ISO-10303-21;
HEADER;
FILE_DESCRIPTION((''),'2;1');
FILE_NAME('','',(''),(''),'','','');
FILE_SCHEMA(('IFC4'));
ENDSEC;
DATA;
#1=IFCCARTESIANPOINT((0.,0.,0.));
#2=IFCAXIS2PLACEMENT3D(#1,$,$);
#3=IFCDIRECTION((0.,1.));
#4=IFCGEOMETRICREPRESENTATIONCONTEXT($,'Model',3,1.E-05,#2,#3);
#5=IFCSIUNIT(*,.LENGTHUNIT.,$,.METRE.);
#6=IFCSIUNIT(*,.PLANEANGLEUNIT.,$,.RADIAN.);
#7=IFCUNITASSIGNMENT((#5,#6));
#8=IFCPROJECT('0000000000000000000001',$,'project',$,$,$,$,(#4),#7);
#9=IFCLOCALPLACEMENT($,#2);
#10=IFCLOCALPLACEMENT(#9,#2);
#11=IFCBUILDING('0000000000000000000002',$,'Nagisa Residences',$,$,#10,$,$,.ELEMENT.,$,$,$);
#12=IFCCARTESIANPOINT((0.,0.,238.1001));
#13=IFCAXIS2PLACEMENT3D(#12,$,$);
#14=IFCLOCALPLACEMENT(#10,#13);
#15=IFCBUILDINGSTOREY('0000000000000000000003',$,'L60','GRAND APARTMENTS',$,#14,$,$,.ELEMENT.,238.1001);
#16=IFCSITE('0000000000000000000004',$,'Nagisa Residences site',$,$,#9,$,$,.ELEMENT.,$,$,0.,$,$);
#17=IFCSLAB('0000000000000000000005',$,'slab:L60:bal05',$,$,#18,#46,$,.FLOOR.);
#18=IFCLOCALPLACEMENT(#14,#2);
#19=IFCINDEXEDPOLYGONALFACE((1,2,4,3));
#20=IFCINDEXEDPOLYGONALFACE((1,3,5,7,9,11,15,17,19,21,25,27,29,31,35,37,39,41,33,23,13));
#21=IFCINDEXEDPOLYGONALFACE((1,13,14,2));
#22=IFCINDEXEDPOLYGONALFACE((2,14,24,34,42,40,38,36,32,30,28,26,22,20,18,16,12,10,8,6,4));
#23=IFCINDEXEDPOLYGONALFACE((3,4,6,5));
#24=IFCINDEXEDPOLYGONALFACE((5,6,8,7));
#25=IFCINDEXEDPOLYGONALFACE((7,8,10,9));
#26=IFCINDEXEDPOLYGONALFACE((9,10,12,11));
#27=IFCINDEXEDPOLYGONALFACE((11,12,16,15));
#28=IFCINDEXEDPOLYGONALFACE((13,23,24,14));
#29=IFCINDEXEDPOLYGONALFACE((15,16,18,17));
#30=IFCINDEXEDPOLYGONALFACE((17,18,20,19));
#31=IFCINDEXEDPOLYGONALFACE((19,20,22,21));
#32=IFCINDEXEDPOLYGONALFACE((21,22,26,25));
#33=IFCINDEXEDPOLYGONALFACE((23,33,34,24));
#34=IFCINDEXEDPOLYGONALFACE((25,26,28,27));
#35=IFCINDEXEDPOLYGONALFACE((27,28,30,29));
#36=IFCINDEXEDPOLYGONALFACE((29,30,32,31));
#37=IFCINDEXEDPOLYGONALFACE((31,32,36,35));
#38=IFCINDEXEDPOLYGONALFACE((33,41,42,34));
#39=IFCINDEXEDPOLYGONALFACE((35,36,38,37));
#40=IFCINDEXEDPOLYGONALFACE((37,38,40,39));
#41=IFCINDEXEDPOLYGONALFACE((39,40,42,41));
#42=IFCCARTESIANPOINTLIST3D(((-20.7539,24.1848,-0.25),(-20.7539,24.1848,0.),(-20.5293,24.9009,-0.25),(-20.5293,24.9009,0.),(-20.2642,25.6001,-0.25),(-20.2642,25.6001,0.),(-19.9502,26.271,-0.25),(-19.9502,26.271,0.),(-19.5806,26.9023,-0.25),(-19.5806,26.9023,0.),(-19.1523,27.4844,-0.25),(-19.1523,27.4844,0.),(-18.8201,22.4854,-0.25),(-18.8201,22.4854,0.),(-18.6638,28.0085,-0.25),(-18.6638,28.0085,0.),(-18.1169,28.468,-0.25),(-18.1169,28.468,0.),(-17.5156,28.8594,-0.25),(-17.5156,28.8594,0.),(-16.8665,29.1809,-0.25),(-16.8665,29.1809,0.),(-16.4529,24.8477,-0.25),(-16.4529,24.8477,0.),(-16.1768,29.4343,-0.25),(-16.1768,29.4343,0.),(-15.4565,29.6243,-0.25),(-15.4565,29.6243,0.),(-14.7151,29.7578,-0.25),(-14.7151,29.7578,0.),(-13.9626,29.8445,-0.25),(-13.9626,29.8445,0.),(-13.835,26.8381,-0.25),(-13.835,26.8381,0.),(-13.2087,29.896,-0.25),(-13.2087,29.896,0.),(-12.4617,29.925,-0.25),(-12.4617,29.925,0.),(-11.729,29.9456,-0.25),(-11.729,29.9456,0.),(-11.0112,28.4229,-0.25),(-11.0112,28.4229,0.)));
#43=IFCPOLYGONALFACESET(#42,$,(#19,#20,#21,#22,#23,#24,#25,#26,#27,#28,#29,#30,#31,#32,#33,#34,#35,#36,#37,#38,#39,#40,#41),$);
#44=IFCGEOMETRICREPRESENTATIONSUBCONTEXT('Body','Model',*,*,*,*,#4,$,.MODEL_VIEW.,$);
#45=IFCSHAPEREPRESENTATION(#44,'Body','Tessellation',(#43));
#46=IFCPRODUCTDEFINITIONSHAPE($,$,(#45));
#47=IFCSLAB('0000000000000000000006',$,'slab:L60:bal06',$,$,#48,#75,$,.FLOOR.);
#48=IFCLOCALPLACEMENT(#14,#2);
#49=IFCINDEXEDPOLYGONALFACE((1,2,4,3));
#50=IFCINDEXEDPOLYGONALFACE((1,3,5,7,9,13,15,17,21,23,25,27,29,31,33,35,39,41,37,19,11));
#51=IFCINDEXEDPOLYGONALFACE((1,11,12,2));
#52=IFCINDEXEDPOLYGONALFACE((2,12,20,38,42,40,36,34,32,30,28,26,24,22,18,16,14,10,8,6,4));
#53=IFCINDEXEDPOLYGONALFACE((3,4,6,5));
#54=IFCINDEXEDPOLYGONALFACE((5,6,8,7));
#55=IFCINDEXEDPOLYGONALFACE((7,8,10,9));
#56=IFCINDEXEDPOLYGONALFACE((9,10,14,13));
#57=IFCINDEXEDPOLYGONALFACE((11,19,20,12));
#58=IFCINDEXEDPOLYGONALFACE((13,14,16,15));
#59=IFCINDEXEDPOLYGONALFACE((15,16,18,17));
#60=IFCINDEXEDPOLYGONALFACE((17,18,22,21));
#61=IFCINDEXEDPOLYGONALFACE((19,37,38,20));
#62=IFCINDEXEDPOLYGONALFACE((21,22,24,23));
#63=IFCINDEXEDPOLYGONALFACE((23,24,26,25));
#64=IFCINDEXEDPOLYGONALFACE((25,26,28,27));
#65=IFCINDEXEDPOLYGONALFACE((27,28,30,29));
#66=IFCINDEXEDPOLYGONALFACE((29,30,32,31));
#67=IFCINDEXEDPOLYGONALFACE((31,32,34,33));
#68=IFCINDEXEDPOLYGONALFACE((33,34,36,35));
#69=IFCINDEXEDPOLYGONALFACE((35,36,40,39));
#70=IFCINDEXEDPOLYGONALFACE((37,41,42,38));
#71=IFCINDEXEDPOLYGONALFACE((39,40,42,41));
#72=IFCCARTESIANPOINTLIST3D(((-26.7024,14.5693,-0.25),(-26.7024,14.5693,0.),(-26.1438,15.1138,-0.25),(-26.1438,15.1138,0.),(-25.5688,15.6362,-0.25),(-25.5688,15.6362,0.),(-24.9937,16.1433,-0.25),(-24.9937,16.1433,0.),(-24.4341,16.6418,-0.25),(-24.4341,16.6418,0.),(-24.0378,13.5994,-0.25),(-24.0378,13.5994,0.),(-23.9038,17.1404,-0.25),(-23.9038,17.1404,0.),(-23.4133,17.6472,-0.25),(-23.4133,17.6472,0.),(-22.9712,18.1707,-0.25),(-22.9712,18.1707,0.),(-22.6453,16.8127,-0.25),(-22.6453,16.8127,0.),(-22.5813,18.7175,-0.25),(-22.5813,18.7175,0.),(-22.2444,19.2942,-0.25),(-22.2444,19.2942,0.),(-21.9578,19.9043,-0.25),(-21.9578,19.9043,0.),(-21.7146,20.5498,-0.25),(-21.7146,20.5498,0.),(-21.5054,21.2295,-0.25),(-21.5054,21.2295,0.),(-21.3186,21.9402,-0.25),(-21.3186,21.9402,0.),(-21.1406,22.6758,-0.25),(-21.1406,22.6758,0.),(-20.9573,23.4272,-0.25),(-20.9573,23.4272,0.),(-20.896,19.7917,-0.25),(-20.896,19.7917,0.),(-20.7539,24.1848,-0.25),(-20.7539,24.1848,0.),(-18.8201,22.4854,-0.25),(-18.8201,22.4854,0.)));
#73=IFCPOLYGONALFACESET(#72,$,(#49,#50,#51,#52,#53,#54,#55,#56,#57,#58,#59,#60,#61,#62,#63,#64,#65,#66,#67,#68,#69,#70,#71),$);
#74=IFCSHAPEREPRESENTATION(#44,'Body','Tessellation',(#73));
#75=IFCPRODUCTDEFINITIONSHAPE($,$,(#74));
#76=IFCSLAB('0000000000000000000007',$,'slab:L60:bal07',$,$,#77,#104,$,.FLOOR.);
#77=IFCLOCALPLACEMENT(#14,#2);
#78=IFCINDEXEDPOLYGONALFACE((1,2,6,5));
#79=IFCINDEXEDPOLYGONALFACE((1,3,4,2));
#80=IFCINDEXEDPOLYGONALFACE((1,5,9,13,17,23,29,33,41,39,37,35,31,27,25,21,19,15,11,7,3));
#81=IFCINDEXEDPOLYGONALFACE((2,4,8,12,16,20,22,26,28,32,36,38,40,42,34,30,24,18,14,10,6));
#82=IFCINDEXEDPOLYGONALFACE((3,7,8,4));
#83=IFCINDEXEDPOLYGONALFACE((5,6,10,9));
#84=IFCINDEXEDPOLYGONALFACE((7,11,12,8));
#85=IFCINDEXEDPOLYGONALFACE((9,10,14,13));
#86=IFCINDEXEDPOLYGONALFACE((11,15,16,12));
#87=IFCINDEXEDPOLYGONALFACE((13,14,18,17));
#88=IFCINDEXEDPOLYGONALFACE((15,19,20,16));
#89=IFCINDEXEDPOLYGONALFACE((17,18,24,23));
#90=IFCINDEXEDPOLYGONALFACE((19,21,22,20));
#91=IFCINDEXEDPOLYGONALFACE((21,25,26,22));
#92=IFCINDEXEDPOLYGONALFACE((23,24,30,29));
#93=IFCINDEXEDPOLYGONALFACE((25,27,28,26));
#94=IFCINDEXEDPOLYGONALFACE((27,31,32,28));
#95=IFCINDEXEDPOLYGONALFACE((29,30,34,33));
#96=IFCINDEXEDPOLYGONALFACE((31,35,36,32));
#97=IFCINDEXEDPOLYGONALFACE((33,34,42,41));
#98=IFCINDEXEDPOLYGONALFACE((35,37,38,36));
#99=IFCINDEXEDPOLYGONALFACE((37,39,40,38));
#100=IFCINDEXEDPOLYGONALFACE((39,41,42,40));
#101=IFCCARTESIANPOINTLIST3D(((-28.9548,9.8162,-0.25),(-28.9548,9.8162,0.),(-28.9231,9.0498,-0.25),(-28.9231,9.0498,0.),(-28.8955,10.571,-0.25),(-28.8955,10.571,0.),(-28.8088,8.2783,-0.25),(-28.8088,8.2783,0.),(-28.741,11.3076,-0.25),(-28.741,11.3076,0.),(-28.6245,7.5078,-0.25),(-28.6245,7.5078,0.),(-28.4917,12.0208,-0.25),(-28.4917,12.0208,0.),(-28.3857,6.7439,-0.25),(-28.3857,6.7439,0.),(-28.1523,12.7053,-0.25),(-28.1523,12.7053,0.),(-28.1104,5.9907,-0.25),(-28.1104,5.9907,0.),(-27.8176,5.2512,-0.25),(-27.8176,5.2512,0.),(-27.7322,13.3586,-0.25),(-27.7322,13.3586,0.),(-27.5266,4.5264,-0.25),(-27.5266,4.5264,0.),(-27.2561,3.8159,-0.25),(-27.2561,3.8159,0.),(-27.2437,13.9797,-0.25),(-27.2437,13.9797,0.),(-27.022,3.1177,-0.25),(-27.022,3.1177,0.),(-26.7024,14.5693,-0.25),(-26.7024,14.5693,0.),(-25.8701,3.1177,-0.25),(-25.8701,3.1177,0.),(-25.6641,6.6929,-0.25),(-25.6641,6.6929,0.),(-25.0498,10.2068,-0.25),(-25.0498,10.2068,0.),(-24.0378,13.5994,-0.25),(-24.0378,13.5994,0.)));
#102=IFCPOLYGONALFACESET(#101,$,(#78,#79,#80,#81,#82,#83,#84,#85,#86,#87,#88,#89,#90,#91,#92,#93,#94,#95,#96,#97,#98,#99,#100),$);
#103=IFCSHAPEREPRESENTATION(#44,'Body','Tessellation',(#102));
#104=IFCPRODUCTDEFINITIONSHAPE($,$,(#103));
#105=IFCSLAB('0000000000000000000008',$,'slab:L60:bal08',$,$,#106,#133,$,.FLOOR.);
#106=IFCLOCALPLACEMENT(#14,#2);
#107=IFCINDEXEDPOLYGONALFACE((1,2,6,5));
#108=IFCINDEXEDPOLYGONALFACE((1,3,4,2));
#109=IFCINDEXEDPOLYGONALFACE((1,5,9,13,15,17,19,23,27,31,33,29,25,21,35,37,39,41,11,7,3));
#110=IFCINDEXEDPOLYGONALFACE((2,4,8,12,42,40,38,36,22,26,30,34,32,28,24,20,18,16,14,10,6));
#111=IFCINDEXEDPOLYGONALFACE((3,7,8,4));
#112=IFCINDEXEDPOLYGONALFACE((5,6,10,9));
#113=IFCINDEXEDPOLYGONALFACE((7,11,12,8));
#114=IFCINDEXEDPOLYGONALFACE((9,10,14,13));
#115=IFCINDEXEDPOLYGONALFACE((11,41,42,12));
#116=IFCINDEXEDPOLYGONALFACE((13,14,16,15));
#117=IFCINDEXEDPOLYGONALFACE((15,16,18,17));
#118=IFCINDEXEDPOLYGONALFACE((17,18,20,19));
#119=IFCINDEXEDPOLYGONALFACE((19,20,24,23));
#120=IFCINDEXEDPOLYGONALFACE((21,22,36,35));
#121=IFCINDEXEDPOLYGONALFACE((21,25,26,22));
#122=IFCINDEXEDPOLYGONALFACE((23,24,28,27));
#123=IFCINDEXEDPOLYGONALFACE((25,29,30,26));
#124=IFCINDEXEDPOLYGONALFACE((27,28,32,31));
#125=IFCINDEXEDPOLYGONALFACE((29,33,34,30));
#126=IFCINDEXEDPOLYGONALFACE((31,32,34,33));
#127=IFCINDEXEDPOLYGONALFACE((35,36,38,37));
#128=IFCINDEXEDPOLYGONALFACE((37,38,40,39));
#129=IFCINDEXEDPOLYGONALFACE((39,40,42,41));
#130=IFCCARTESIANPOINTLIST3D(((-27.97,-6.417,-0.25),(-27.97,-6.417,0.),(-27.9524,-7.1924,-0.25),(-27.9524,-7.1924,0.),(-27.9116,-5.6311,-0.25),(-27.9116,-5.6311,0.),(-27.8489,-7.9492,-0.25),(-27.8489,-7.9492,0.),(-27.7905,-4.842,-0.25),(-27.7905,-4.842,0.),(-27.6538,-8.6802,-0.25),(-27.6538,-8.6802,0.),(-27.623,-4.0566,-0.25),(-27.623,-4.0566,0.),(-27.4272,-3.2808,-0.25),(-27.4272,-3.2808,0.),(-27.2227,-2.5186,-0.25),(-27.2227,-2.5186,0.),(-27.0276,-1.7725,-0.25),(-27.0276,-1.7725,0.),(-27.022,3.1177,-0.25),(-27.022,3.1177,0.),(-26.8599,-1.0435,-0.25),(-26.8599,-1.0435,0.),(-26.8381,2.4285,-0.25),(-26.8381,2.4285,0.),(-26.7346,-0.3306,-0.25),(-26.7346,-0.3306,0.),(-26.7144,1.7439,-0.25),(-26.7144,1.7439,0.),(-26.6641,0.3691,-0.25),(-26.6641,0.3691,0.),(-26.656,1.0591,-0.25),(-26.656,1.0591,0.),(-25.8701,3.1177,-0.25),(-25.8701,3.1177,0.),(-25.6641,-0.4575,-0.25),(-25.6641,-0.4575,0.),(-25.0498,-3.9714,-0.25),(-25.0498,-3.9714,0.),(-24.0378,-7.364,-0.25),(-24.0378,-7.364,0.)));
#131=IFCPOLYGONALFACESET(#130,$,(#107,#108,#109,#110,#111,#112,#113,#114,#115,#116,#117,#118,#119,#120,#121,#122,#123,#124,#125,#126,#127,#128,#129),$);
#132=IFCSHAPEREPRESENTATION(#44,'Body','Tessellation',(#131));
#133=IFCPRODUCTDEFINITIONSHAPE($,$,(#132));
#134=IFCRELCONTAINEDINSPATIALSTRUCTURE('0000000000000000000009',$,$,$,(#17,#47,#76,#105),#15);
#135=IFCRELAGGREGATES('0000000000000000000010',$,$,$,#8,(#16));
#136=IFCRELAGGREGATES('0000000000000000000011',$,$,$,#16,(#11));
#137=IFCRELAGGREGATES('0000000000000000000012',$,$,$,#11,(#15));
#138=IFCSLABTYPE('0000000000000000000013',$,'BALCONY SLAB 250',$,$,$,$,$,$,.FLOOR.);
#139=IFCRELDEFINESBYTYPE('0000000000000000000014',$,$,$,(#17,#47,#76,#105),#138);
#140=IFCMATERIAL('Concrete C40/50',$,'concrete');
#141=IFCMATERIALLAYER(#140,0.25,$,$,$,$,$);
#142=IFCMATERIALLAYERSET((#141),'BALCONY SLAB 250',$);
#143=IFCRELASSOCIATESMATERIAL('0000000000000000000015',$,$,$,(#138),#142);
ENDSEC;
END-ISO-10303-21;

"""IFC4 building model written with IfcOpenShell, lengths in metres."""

from ifc_helpers import new_model, si_unit, direction, frame, origin, place, context, subcontext, project, spatial, polyline, outline, extrude, material, layer, layer_set, type_object, element, save


model = new_model("IFC4")

# Units and contexts
model_context = context("Model", 3, precision=1e-05, world=origin(), true_north=direction((0.0, 1.0)))
body_context = subcontext(model_context, "Body", "Model", "MODEL_VIEW")
ifc_project = project(units=[si_unit("LENGTHUNIT", "METRE"), si_unit("PLANEANGLEUNIT", "RADIAN")], contexts=[model_context])

# Site, building, storey
site_placement = place(None, origin())
site = spatial("IfcSite", under=ifc_project, at=site_placement, Name="Nagisa Residences site", CompositionType="ELEMENT", RefElevation=0.0)
building_placement = place(site_placement, origin())
building = spatial("IfcBuilding", under=site, at=building_placement, Name="Nagisa Residences", CompositionType="ELEMENT")
storey_placement = place(building_placement, frame((0.0, 0.0, 238.1001)))
storey = spatial("IfcBuildingStorey", under=building, at=storey_placement, Name="L60", Description="GRAND APARTMENTS", CompositionType="ELEMENT", Elevation=238.1001)

# Slabs
ifc_material_1 = material(Name="Concrete C40/50", Category="concrete")
ifc_layer_1 = layer(ifc_material_1, 0.25)
ifc_layer_set_1 = layer_set([ifc_layer_1], Name="BALCONY SLAB 250")
slab_type_1 = type_object("IfcSlabType", Name="BALCONY SLAB 250", PredefinedType="FLOOR", material=ifc_layer_set_1)
slab_1_placement = place(storey_placement, frame((0.0, 0.0, -0.25)))
element("IfcSlab", 1, at=slab_1_placement, inside=storey, type_object=slab_type_1, Name="slab:L60:bal05", PredefinedType="FLOOR", context=body_context, shape_type="SweptSolid", body=[
    extrude(outline(polyline([(-11.729, 29.9456), (-12.4617, 29.925), (-13.2087, 29.896), (-13.9626, 29.8445), (-14.7151, 29.7578), (-15.4565, 29.6243), (-16.1768, 29.4343), (-16.8665, 29.1809), (-17.5156, 28.8594), (-18.1169, 28.468), (-18.6638, 28.0085), (-19.1523, 27.4844), (-19.5806, 26.9023), (-19.9502, 26.271), (-20.2642, 25.6001), (-20.5293, 24.9009), (-20.7539, 24.1848), (-18.8201, 22.4854), (-16.4529, 24.8477), (-13.835, 26.8381), (-11.0112, 28.4229), (-11.729, 29.9456)])), origin(), (0.0, 0.0, 1.0), 0.25),
])
slab_2_placement = place(storey_placement, frame((0.0, 0.0, -0.25)))
element("IfcSlab", 2, at=slab_2_placement, inside=storey, type_object=slab_type_1, Name="slab:L60:bal06", PredefinedType="FLOOR", context=body_context, shape_type="SweptSolid", body=[
    extrude(outline(polyline([(-20.7539, 24.1848), (-20.9573, 23.4272), (-21.1406, 22.6758), (-21.3186, 21.9402), (-21.5054, 21.2295), (-21.7146, 20.5498), (-21.9578, 19.9043), (-22.2444, 19.2942), (-22.5813, 18.7175), (-22.9712, 18.1707), (-23.4133, 17.6472), (-23.9038, 17.1404), (-24.4341, 16.6418), (-24.9937, 16.1433), (-25.5688, 15.6362), (-26.1438, 15.1138), (-26.7024, 14.5693), (-24.0378, 13.5994), (-22.6453, 16.8127), (-20.896, 19.7917), (-18.8201, 22.4854), (-20.7539, 24.1848)])), origin(), (0.0, 0.0, 1.0), 0.25),
])
slab_3_placement = place(storey_placement, frame((0.0, 0.0, -0.25)))
element("IfcSlab", 3, at=slab_3_placement, inside=storey, type_object=slab_type_1, Name="slab:L60:bal07", PredefinedType="FLOOR", context=body_context, shape_type="SweptSolid", body=[
    extrude(outline(polyline([(-26.7024, 14.5693), (-27.2437, 13.9797), (-27.7322, 13.3586), (-28.1523, 12.7053), (-28.4917, 12.0208), (-28.741, 11.3076), (-28.8955, 10.571), (-28.9548, 9.8162), (-28.9231, 9.0498), (-28.8088, 8.2783), (-28.6245, 7.5078), (-28.3857, 6.7439), (-28.1104, 5.9907), (-27.8176, 5.2512), (-27.5266, 4.5264), (-27.2561, 3.8159), (-27.022, 3.1177), (-25.8701, 3.1177), (-25.6641, 6.6929), (-25.0498, 10.2068), (-24.0378, 13.5994), (-26.7024, 14.5693)])), origin(), (0.0, 0.0, 1.0), 0.25),
])
slab_4_placement = place(storey_placement, frame((0.0, 0.0, -0.25)))
element("IfcSlab", 4, at=slab_4_placement, inside=storey, type_object=slab_type_1, Name="slab:L60:bal08", PredefinedType="FLOOR", context=body_context, shape_type="SweptSolid", body=[
    extrude(outline(polyline([(-27.022, 3.1177), (-26.8381, 2.4285), (-26.7144, 1.7439), (-26.656, 1.0591), (-26.6641, 0.3691), (-26.7346, -0.3306), (-26.8599, -1.0435), (-27.0276, -1.7725), (-27.2227, -2.5186), (-27.4272, -3.2808), (-27.623, -4.0566), (-27.7905, -4.842), (-27.9116, -5.6311), (-27.97, -6.417), (-27.9524, -7.1924), (-27.8489, -7.9492), (-27.6538, -8.6802), (-24.0378, -7.364), (-25.0498, -3.9714), (-25.6641, -0.4575), (-25.8701, 3.1177), (-27.022, 3.1177)])), origin(), (0.0, 0.0, 1.0), 0.25),
])

save(model, "model.ifc")
